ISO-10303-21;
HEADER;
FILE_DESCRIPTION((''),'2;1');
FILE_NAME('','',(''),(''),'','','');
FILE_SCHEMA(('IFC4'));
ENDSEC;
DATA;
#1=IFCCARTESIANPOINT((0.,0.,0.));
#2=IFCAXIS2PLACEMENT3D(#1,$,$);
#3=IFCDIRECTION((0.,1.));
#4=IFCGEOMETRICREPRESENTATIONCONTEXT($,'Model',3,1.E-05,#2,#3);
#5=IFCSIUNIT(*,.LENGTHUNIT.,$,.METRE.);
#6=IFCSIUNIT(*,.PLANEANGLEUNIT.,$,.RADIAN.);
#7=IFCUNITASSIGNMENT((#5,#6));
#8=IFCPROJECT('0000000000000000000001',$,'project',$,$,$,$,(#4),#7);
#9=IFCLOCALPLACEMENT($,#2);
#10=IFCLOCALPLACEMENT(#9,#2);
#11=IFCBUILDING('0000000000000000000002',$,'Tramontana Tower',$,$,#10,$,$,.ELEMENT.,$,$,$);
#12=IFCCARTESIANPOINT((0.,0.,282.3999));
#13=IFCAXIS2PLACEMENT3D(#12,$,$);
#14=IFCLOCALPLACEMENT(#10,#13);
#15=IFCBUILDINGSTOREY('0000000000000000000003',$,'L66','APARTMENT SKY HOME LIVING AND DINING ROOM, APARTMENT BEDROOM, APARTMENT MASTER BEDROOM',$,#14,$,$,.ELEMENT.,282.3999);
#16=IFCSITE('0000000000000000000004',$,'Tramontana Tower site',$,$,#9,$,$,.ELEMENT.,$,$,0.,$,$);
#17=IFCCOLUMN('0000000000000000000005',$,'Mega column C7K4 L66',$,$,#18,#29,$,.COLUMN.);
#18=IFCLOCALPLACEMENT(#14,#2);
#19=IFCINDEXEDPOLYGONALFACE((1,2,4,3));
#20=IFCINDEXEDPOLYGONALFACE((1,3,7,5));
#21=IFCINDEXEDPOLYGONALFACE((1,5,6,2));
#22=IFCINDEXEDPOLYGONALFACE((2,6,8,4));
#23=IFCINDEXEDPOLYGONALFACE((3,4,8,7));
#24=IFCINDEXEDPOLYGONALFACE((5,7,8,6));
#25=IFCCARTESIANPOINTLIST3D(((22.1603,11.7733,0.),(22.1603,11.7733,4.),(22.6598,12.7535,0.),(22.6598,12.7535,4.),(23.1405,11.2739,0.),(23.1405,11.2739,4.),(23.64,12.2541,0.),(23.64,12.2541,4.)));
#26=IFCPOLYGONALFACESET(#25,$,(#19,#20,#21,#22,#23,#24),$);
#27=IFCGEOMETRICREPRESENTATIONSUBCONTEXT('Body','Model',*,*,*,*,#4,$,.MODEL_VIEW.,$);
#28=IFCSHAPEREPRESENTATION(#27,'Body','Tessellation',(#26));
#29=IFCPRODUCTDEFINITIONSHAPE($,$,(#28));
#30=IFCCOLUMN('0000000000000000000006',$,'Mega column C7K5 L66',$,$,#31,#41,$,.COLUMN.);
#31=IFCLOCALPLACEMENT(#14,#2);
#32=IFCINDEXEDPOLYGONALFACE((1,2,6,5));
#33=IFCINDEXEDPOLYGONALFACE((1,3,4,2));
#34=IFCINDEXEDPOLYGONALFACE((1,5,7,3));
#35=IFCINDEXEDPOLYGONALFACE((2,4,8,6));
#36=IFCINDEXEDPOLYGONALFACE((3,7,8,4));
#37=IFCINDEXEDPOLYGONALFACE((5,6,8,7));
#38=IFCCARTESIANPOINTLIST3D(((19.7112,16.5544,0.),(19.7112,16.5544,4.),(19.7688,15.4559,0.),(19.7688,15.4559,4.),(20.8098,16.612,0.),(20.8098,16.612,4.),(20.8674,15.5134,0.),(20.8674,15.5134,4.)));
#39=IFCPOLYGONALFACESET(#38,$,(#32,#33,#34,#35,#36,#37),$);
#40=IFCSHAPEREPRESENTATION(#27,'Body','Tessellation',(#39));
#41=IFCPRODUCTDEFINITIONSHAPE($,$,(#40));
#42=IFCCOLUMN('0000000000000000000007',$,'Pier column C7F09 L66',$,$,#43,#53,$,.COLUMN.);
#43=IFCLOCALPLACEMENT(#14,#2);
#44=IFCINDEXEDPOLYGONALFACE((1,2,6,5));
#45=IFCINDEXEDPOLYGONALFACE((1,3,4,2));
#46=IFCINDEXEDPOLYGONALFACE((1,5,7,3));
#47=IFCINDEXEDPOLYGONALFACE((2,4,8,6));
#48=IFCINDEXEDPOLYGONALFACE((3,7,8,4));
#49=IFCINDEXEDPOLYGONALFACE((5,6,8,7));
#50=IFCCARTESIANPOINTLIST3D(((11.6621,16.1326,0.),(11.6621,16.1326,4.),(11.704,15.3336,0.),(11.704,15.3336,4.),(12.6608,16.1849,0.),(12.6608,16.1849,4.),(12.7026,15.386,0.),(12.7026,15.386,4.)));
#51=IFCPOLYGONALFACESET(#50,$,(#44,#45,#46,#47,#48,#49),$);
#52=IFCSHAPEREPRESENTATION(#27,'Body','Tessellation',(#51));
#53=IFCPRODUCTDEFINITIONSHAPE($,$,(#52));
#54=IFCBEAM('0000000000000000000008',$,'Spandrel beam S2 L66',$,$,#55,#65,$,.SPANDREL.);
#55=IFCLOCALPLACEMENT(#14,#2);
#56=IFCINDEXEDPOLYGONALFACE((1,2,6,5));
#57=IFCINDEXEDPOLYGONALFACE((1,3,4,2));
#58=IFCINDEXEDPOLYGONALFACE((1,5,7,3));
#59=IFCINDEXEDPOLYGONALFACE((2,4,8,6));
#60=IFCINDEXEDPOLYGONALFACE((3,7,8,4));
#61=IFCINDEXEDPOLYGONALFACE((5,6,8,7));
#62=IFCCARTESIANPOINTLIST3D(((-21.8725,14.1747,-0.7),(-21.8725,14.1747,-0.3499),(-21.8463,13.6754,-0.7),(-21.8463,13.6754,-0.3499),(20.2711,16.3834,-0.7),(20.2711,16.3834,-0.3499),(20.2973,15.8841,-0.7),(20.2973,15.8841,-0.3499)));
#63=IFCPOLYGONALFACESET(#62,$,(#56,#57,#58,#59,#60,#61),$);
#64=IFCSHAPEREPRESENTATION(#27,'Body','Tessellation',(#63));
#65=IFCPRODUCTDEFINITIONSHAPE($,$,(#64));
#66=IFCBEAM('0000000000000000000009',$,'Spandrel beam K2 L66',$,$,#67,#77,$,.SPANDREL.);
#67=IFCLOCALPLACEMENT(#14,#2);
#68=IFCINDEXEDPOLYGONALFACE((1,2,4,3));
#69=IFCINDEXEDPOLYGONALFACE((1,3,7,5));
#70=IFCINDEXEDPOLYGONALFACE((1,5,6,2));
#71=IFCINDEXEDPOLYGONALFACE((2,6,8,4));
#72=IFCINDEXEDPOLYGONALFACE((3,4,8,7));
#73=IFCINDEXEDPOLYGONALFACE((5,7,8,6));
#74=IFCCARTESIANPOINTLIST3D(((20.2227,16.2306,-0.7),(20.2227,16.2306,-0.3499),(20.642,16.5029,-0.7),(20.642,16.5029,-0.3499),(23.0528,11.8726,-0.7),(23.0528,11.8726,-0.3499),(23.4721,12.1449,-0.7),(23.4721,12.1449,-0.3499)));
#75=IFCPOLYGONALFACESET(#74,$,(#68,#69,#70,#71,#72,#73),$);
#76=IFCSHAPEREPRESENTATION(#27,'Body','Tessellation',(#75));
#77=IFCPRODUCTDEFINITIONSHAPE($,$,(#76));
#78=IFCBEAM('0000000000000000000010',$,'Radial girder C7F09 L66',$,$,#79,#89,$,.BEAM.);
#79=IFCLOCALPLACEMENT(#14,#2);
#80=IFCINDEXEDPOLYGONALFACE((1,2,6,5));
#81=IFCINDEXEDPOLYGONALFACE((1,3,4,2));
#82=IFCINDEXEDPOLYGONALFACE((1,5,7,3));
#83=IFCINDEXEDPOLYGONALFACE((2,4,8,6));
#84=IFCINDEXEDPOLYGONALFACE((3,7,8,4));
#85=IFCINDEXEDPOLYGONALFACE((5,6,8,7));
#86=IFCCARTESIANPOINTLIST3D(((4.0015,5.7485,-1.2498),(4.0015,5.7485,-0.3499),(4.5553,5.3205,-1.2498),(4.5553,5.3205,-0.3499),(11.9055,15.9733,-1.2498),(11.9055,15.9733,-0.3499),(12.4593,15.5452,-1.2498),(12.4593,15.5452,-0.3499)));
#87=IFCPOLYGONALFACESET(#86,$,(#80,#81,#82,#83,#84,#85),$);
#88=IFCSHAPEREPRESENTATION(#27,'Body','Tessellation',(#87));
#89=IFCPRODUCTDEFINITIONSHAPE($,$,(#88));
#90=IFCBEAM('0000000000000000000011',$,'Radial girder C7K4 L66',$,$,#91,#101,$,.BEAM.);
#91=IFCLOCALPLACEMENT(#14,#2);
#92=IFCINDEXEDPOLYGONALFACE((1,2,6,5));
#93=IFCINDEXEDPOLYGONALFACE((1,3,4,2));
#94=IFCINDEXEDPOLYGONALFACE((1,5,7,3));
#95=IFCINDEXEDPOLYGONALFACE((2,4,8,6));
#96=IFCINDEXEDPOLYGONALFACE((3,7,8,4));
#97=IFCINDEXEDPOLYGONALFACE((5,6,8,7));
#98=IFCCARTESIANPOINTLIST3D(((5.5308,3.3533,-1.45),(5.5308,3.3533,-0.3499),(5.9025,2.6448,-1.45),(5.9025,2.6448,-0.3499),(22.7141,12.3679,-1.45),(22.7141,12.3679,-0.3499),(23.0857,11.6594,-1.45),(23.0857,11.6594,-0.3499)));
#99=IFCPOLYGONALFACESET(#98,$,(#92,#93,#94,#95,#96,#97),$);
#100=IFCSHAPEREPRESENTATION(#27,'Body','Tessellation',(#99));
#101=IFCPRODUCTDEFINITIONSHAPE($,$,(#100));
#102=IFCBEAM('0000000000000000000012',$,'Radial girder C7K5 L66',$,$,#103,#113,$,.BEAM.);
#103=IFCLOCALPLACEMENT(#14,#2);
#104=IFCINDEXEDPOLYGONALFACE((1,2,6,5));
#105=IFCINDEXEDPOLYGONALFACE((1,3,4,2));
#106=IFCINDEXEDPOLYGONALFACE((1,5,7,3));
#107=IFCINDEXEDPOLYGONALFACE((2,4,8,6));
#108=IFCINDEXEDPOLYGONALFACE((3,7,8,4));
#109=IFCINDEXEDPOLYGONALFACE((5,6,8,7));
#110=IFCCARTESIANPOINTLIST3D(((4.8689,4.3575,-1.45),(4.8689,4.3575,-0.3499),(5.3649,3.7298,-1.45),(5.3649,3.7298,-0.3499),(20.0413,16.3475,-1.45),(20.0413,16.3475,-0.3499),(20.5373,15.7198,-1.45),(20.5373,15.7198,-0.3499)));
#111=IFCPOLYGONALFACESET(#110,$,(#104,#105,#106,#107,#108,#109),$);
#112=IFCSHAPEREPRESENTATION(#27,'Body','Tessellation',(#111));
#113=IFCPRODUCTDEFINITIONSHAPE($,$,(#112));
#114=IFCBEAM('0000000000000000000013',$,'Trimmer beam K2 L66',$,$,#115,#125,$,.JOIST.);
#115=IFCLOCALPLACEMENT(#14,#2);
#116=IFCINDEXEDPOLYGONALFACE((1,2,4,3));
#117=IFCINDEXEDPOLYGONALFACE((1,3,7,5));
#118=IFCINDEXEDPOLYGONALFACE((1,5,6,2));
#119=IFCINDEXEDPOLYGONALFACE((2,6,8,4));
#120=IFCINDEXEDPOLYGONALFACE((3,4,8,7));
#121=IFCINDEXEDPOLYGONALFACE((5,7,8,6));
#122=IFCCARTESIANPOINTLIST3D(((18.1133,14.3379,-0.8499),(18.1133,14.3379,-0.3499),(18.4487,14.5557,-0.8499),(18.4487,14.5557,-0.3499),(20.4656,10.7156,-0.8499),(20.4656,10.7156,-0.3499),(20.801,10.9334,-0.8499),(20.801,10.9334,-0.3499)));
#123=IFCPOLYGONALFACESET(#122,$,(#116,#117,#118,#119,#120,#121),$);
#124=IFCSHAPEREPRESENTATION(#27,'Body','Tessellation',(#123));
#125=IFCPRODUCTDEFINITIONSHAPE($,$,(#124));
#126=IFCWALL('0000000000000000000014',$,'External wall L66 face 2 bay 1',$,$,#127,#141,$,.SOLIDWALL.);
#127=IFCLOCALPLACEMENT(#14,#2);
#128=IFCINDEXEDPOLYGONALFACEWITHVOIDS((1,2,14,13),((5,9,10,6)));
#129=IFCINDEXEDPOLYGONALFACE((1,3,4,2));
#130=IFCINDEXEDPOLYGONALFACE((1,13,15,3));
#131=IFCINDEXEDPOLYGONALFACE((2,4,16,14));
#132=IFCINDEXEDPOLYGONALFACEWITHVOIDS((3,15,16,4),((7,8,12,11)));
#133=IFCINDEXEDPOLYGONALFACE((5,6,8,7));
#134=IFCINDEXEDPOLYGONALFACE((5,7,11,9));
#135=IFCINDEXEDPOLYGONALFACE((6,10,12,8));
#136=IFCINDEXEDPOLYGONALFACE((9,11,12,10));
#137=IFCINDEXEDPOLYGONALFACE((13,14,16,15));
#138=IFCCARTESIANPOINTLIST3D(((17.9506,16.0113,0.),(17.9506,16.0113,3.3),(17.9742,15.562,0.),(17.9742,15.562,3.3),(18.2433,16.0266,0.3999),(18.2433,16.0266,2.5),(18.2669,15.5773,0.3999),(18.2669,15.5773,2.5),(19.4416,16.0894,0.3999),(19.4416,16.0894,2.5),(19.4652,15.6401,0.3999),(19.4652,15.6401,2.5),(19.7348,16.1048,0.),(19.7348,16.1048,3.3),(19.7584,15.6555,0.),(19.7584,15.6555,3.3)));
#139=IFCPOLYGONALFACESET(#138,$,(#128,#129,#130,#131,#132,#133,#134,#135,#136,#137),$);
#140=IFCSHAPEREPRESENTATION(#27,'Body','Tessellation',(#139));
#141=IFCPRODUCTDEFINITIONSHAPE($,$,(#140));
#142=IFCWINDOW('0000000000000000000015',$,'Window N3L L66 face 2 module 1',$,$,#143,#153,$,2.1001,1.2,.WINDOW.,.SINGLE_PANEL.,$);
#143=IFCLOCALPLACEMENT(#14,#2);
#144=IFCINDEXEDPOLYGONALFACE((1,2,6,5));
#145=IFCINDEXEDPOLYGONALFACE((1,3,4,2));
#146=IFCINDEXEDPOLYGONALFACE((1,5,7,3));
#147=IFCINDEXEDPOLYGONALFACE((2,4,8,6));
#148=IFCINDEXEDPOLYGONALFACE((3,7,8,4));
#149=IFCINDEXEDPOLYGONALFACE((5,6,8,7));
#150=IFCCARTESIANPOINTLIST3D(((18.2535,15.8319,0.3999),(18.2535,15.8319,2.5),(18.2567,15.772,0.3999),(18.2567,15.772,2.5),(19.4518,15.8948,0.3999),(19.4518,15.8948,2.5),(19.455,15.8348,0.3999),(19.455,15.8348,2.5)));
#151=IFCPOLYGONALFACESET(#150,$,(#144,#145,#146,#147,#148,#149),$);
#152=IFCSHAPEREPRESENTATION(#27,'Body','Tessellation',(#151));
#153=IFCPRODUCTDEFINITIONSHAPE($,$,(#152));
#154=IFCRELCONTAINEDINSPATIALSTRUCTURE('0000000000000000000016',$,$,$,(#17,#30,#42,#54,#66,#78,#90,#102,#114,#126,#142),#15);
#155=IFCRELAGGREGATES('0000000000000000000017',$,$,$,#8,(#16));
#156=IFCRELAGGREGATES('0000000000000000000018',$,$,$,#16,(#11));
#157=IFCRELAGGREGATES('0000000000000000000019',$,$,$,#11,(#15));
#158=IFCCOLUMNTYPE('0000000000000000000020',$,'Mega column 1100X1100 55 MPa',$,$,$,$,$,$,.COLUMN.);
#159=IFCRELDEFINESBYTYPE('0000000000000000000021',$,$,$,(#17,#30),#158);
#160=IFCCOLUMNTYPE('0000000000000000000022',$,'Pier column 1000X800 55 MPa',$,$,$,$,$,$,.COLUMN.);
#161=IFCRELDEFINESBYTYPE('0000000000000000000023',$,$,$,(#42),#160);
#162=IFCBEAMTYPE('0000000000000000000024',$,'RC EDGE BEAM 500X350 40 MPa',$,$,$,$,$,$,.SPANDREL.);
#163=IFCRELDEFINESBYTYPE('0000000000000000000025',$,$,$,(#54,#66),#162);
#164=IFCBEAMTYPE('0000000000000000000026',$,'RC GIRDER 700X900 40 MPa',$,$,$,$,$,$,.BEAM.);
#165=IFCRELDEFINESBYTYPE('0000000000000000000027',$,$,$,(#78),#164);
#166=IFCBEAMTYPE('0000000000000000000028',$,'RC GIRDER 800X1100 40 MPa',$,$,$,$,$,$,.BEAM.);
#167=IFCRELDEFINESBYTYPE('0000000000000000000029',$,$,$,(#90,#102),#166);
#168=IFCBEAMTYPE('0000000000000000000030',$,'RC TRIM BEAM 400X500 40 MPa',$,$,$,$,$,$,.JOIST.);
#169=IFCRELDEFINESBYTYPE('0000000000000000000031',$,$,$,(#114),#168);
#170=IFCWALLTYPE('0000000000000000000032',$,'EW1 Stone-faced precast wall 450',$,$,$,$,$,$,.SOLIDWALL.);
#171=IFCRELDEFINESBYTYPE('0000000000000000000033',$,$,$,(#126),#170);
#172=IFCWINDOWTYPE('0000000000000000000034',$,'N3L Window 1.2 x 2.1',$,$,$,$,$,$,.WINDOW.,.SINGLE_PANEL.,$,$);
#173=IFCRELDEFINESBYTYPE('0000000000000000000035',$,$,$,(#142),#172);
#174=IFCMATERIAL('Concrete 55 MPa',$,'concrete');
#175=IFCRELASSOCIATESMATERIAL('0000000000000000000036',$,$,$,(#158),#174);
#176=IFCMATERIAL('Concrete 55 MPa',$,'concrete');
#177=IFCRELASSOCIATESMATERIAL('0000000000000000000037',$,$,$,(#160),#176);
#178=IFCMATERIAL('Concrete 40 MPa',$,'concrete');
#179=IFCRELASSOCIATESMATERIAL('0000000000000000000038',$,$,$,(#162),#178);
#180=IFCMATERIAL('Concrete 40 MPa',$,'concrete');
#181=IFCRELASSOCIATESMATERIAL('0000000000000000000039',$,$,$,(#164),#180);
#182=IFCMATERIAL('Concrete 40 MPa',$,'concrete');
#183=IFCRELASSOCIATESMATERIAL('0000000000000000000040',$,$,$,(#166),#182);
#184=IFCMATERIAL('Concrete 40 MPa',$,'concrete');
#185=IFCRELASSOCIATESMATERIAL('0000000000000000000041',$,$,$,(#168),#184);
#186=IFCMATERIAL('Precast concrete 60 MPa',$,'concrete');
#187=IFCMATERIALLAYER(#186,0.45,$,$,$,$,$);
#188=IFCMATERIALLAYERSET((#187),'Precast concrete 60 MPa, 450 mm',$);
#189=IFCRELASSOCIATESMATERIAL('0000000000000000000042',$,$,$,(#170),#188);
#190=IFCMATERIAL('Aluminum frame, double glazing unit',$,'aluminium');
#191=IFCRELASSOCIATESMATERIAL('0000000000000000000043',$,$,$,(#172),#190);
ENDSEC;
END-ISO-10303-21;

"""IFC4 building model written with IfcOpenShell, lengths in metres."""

from ifc_helpers import new_model, si_unit, direction, frame, frame_2d, origin, origin_2d, place, context, subcontext, project, spatial, rectangle, extrude, material, layer, layer_set, material_profile, profile_set, type_object, element, fill, save


model = new_model("IFC4")

# Units and contexts
model_context = context("Model", 3, precision=1e-05, world=origin(), true_north=direction((0.0, 1.0)))
body_context = subcontext(model_context, "Body", "Model", "MODEL_VIEW")
ifc_project = project(units=[si_unit("LENGTHUNIT", "METRE"), si_unit("PLANEANGLEUNIT", "RADIAN")], contexts=[model_context])

# Site, building, storey
site_placement = place(None, origin())
site = spatial("IfcSite", under=ifc_project, at=site_placement, Name="Tramontana Tower site", CompositionType="ELEMENT", RefElevation=0.0)
building_placement = place(site_placement, origin())
building = spatial("IfcBuilding", under=site, at=building_placement, Name="Tramontana Tower", CompositionType="ELEMENT")
storey_placement = place(building_placement, frame((0.0, 0.0, 282.3999)))
storey = spatial("IfcBuildingStorey", under=building, at=storey_placement, Name="L66", Description="APARTMENT SKY HOME LIVING AND DINING ROOM, APARTMENT BEDROOM, APARTMENT MASTER BEDROOM", CompositionType="ELEMENT", Elevation=282.3999)

# Columns
ifc_material_1 = material(Name="Concrete 55 MPa", Category="concrete")
ifc_material_profile_1 = material_profile(ifc_material_1, rectangle(XDim=1.1001, YDim=1.1001, at=origin_2d()), Name="Mega column 1100X1100 55 MPa")
ifc_profile_set_1 = profile_set([ifc_material_profile_1], Name="Concrete 55 MPa")
column_type_1 = type_object("IfcColumnType", Name="Mega column 1100X1100 55 MPa", PredefinedType="COLUMN", material=ifc_profile_set_1)
for number, where, z_axis, x_axis, name in (
    (1, (22.9001, 12.0137, 0.0), (0.0, 0.0, 1.0), (0.45399, 0.891007, 0.0), "Mega column C7K4 L66"),
    (2, (20.2893, 16.0339, 0.0), (0.0, 0.0, 1.0), (-0.99863, -0.052336, 0.0), "Mega column C7K5 L66"),
):
    element("IfcColumn", number, at=place(storey_placement, frame(where, z_axis=z_axis, x_axis=x_axis)), inside=storey, type_object=column_type_1, Name=name, PredefinedType="COLUMN", context=body_context, shape_type="SweptSolid", body=[
        extrude(rectangle(XDim=1.1001, YDim=1.1001, at=origin_2d()), origin(), (0.0, 0.0, 1.0), 4.0),
    ])
ifc_material_2 = material(Name="Concrete 55 MPa", Category="concrete")
ifc_material_profile_2 = material_profile(ifc_material_2, rectangle(XDim=1.0, YDim=0.8, at=origin_2d()), Name="Pier column 1000X800 55 MPa")
ifc_profile_set_2 = profile_set([ifc_material_profile_2], Name="Concrete 55 MPa")
column_type_2 = type_object("IfcColumnType", Name="Pier column 1000X800 55 MPa", PredefinedType="COLUMN", material=ifc_profile_set_2)
column_placement = place(storey_placement, frame((12.1824, 15.7593, 0.0), z_axis=(0.0, 0.0, 1.0), x_axis=(-0.99863, -0.052336, 0.0)))
element("IfcColumn", 3, at=column_placement, inside=storey, type_object=column_type_2, Name="Pier column C7F09 L66", PredefinedType="COLUMN", context=body_context, shape_type="SweptSolid", body=[
    extrude(rectangle(XDim=1.0, YDim=0.8, at=origin_2d()), origin(), (0.0, 0.0, 1.0), 4.0),
])

# Beams
ifc_material_3 = material(Name="Concrete 40 MPa", Category="concrete")
ifc_material_profile_3 = material_profile(ifc_material_3, rectangle(XDim=0.5, YDim=0.3501, at=origin_2d()), Name="RC EDGE BEAM 500X350 40 MPa")
ifc_profile_set_3 = profile_set([ifc_material_profile_3], Name="Concrete 40 MPa")
beam_type_1 = type_object("IfcBeamType", Name="RC EDGE BEAM 500X350 40 MPa", PredefinedType="SPANDREL", material=ifc_profile_set_3)
beam_1_placement = place(storey_placement, frame((20.2842, 16.1338, -0.5249), z_axis=(-0.998629, -0.052338, 0.0), x_axis=(0.052338, -0.998629, 0.0)))
element("IfcBeam", 4, at=beam_1_placement, inside=storey, type_object=beam_type_1, Name="Spandrel beam S2 L66", PredefinedType="SPANDREL", context=body_context, shape_type="SweptSolid", body=[
    extrude(rectangle(XDim=0.5, YDim=0.3501, at=origin_2d()), origin(), (0.0, 0.0, 1.0), 42.2014),
])
beam_2_placement = place(storey_placement, frame((23.2625, 12.0088, -0.5249), z_axis=(-0.544641, 0.838669, 0.0), x_axis=(-0.838669, -0.544641, 0.0)))
element("IfcBeam", 5, at=beam_2_placement, inside=storey, type_object=beam_type_1, Name="Spandrel beam K2 L66", PredefinedType="SPANDREL", context=body_context, shape_type="SweptSolid", body=[
    extrude(rectangle(XDim=0.5, YDim=0.3501, at=origin_2d()), origin(), (0.0, 0.0, 1.0), 5.1963),
])
ifc_material_4 = material(Name="Concrete 40 MPa", Category="concrete")
ifc_material_profile_4 = material_profile(ifc_material_4, rectangle(XDim=0.7, YDim=0.8999, at=origin_2d()), Name="RC GIRDER 700X900 40 MPa")
ifc_profile_set_4 = profile_set([ifc_material_profile_4], Name="Concrete 40 MPa")
beam_type_2 = type_object("IfcBeamType", Name="RC GIRDER 700X900 40 MPa", PredefinedType="BEAM", material=ifc_profile_set_4)
beam_3_placement = place(storey_placement, frame((12.1824, 15.7593, -0.7998), z_axis=(-0.611594, -0.791172, 0.0), x_axis=(0.791172, -0.611594, 0.0)))
element("IfcBeam", 6, at=beam_3_placement, inside=storey, type_object=beam_type_2, Name="Radial girder C7F09 L66", PredefinedType="BEAM", context=body_context, shape_type="SweptSolid", body=[
    extrude(rectangle(XDim=0.7, YDim=0.8999, at=origin_2d()), origin(), (0.0, 0.0, 1.0), 12.9236),
])
ifc_material_5 = material(Name="Concrete 40 MPa", Category="concrete")
ifc_material_profile_5 = material_profile(ifc_material_5, rectangle(XDim=0.8, YDim=1.1001, at=origin_2d()), Name="RC GIRDER 800X1100 40 MPa")
ifc_profile_set_5 = profile_set([ifc_material_profile_5], Name="Concrete 40 MPa")
beam_type_3 = type_object("IfcBeamType", Name="RC GIRDER 800X1100 40 MPa", PredefinedType="BEAM", material=ifc_profile_set_5)
beam_4_placement = place(storey_placement, frame((22.8999, 12.0137, -0.8999), z_axis=(-0.885538, -0.464567, 0.0), x_axis=(0.464567, -0.885538, 0.0)))
element("IfcBeam", 7, at=beam_4_placement, inside=storey, type_object=beam_type_3, Name="Radial girder C7K4 L66", PredefinedType="BEAM", context=body_context, shape_type="SweptSolid", body=[
    extrude(rectangle(XDim=0.8, YDim=1.1001, at=origin_2d()), origin(), (0.0, 0.0, 1.0), 19.4043),
])
beam_5_placement = place(storey_placement, frame((20.2893, 16.0337, -0.8999), z_axis=(-0.784586, -0.62002, 0.0), x_axis=(0.62002, -0.784586, 0.0)))
element("IfcBeam", 8, at=beam_5_placement, inside=storey, type_object=beam_type_3, Name="Radial girder C7K5 L66", PredefinedType="BEAM", context=body_context, shape_type="SweptSolid", body=[
    extrude(rectangle(XDim=0.8, YDim=1.1001, at=origin_2d()), origin(), (0.0, 0.0, 1.0), 19.3381),
])
ifc_material_6 = material(Name="Concrete 40 MPa", Category="concrete")
ifc_material_profile_6 = material_profile(ifc_material_6, rectangle(XDim=0.3999, YDim=0.5, at=origin_2d()), Name="RC TRIM BEAM 400X500 40 MPa")
ifc_profile_set_6 = profile_set([ifc_material_profile_6], Name="Concrete 40 MPa")
beam_type_4 = type_object("IfcBeamType", Name="RC TRIM BEAM 400X500 40 MPa", PredefinedType="JOIST", material=ifc_profile_set_6)
beam_6_placement = place(storey_placement, frame((20.6333, 10.8245, -0.5999), z_axis=(-0.544629, 0.838677, 0.0), x_axis=(-0.838677, -0.544629, 0.0)))
element("IfcBeam", 9, at=beam_6_placement, inside=storey, type_object=beam_type_4, Name="Trimmer beam K2 L66", PredefinedType="JOIST", context=body_context, shape_type="SweptSolid", body=[
    extrude(rectangle(XDim=0.3999, YDim=0.5, at=origin_2d()), origin(), (0.0, 0.0, 1.0), 4.3191),
])

# Wall, opening, window
ifc_material_7 = material(Name="Precast concrete 60 MPa", Category="concrete")
ifc_layer_1 = layer(ifc_material_7, 0.45)
ifc_layer_set_1 = layer_set([ifc_layer_1], Name="Precast concrete 60 MPa, 450 mm")
wall_type_1 = type_object("IfcWallType", Name="EW1 Stone-faced precast wall 450", PredefinedType="SOLIDWALL", material=ifc_layer_set_1)
wall_1_placement = place(storey_placement, frame((19.7466, 15.8801, 0.0), z_axis=(0.0, 0.0, 1.0), x_axis=(-0.99863, -0.052336, 0.0)))
wall_1 = element("IfcWall", 10, at=wall_1_placement, inside=storey, type_object=wall_type_1, Name="External wall L66 face 2 bay 1", PredefinedType="SOLIDWALL", context=body_context, shape_type="SweptSolid", body=[
    extrude(rectangle(XDim=1.7866, YDim=0.45, at=frame_2d((0.8933, 0.0))), origin(), (0.0, 0.0, 1.0), 3.3),
])
opening_1_placement = place(wall_1_placement, frame((0.2935, 0.0, 0.3999)))
opening_1 = element("IfcOpeningElement", 11, at=opening_1_placement, cuts=wall_1, PredefinedType="OPENING", context=body_context, shape_type="SweptSolid", body=[
    extrude(rectangle(XDim=1.2, YDim=2.1001, at=frame_2d((0.6001, 1.05))), frame((0.0, 0.2349, 0.0), z_axis=(0.0, -1.0, 0.0), x_axis=(1.0, 0.0, 0.0)), (0.0, 0.0, 1.0), 0.47),
])
ifc_material_8 = material(Name="Aluminum frame, double glazing unit", Category="aluminium")
window_type_1 = type_object("IfcWindowType", Name="N3L Window 1.2 x 2.1", PartitioningType="SINGLE_PANEL", PredefinedType="WINDOW", material=ifc_material_8)
window_1_placement = place(opening_1_placement, origin())
window_1 = element("IfcWindow", 12, at=window_1_placement, inside=storey, type_object=window_type_1, Name="Window N3L L66 face 2 module 1", OverallHeight=2.1001, OverallWidth=1.2, PartitioningType="SINGLE_PANEL", PredefinedType="WINDOW", context=body_context, shape_type="SweptSolid", body=[
    extrude(rectangle(XDim=1.2, YDim=2.1001, at=frame_2d((0.6001, 1.05))), frame((0.0, 0.03, 0.0), z_axis=(0.0, -1.0, 0.0), x_axis=(1.0, 0.0, 0.0)), (0.0, 0.0, 1.0), 0.0601),
])
fill(opening_1, window_1)

save(model, "model.ifc")
